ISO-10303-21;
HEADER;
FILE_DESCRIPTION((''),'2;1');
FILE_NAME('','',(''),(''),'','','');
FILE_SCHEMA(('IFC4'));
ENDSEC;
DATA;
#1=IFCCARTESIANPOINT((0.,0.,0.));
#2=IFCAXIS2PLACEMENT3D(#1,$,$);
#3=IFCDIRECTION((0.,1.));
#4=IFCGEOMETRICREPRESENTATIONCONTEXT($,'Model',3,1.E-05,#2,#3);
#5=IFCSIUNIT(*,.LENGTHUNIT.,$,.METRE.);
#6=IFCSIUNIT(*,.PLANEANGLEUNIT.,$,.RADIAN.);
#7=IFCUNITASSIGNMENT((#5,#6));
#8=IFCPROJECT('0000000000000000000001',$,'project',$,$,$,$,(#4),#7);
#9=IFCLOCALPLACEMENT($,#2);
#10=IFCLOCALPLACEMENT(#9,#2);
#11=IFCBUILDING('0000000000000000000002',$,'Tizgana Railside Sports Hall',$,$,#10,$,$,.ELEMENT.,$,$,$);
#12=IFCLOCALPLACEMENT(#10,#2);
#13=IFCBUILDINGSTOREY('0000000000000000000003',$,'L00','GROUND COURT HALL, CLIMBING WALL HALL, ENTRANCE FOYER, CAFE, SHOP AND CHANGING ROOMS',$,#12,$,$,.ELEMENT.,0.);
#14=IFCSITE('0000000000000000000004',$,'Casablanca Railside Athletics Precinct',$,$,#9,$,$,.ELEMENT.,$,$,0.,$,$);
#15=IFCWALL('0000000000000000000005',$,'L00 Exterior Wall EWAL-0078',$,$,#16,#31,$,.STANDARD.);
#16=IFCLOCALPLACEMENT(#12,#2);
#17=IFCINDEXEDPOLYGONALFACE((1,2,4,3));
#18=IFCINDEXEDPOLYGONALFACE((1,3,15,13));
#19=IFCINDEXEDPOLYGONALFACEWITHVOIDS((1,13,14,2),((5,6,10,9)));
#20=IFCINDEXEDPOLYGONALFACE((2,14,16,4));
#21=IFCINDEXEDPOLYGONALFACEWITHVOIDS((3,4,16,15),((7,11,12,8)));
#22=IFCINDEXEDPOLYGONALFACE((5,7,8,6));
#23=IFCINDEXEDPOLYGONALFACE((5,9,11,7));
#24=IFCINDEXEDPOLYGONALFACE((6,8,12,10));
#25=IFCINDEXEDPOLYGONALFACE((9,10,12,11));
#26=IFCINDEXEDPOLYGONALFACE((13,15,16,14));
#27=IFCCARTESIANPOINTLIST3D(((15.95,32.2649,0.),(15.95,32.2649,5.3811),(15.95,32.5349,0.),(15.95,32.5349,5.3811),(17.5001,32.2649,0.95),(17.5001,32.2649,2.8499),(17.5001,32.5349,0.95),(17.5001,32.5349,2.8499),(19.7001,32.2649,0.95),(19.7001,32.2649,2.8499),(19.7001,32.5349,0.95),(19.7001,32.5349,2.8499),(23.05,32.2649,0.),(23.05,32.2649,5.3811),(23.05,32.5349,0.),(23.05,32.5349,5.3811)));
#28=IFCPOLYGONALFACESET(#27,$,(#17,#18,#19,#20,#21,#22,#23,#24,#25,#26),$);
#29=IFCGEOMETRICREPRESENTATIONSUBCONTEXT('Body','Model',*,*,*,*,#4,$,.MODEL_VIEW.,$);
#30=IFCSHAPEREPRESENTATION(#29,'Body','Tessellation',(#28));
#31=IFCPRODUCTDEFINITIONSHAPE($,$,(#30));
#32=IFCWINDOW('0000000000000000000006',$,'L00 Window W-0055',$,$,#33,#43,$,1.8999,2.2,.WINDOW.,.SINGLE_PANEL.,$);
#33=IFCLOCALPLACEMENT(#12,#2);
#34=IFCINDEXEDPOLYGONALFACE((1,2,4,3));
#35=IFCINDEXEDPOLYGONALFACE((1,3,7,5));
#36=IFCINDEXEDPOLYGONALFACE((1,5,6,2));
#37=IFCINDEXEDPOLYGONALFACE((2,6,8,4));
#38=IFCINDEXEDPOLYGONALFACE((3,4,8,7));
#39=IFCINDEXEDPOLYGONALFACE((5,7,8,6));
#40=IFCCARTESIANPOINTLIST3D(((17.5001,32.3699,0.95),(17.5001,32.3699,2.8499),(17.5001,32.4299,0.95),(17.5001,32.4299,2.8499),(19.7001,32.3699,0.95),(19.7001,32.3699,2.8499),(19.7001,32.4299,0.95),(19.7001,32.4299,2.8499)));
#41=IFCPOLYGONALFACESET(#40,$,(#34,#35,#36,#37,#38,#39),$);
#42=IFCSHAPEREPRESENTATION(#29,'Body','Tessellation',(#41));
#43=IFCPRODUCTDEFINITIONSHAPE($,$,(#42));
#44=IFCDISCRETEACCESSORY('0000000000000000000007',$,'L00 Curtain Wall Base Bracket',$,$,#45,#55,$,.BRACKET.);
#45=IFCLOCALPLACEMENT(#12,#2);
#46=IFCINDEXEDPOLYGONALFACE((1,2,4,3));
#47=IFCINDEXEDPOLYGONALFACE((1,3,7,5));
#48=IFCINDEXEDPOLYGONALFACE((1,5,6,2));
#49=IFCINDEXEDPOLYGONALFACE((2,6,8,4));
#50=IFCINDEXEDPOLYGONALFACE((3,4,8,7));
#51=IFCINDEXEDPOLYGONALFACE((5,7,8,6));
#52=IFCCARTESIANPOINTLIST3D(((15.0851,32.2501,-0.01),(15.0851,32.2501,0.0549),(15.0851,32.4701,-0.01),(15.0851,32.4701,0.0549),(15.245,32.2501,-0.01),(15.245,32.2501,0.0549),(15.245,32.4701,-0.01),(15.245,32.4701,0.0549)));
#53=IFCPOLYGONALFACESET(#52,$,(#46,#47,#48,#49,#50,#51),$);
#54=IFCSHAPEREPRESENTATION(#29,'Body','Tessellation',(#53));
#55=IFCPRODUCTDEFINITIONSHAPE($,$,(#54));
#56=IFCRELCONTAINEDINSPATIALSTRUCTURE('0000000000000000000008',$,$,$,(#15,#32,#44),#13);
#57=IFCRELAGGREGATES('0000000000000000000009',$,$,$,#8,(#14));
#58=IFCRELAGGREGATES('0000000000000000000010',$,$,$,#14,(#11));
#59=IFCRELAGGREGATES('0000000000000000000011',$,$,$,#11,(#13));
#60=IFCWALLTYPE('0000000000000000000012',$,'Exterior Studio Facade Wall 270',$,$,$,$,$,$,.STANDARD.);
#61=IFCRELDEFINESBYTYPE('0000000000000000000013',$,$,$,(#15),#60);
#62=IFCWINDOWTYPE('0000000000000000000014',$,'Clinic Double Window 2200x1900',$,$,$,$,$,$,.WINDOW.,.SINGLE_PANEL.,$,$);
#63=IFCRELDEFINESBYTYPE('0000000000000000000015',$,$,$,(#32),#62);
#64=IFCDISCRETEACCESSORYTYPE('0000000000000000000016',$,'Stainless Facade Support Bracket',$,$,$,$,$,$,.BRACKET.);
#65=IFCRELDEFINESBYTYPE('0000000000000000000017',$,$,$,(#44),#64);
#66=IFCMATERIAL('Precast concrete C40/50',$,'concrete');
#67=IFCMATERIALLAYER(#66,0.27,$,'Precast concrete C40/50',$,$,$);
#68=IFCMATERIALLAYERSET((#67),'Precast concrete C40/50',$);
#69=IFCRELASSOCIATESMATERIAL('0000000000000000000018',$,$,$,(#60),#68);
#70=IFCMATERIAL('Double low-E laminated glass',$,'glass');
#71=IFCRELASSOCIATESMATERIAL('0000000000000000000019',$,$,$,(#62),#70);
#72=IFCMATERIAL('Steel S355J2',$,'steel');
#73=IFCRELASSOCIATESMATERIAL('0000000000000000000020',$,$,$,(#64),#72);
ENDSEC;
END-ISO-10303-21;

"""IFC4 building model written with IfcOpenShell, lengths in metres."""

from ifc_helpers import new_model, si_unit, direction, frame, frame_2d, origin, origin_2d, place, context, subcontext, project, spatial, rectangle, extrude, material, layer, layer_set, type_object, element, fill, save


model = new_model("IFC4")

# Units and contexts
model_context = context("Model", 3, precision=1e-05, world=origin(), true_north=direction((0.0, 1.0)))
body_context = subcontext(model_context, "Body", "Model", "MODEL_VIEW")
ifc_project = project(units=[si_unit("LENGTHUNIT", "METRE"), si_unit("PLANEANGLEUNIT", "RADIAN")], contexts=[model_context])

# Site, building, storey
site_placement = place(None, origin())
site = spatial("IfcSite", under=ifc_project, at=site_placement, Name="Casablanca Railside Athletics Precinct", CompositionType="ELEMENT", RefElevation=0.0)
building_placement = place(site_placement, origin())
building = spatial("IfcBuilding", under=site, at=building_placement, Name="Tizgana Railside Sports Hall", CompositionType="ELEMENT")
storey_placement = place(building_placement, origin())
storey = spatial("IfcBuildingStorey", under=building, at=storey_placement, Name="L00", Description="GROUND COURT HALL, CLIMBING WALL HALL, ENTRANCE FOYER, CAFE, SHOP AND CHANGING ROOMS", CompositionType="ELEMENT", Elevation=0.0)

# Shared definitions
ifc_material_1 = material(Name="Steel S355J2", Category="steel")

# Shared definitions
ifc_material_2 = material(Name="Double low-E laminated glass", Category="glass")

# Wall, opening, window
ifc_material_3 = material(Name="Precast concrete C40/50", Category="concrete")
ifc_layer_1 = layer(ifc_material_3, 0.27, Name="Precast concrete C40/50")
ifc_layer_set_1 = layer_set([ifc_layer_1], Name="Precast concrete C40/50")
wall_type = type_object("IfcWallType", Name="Exterior Studio Facade Wall 270", PredefinedType="STANDARD", material=ifc_layer_set_1)
wall_placement = place(storey_placement, frame((15.95, 32.3999, 0.0), z_axis=(0.0, 0.0, 1.0), x_axis=(1.0, 0.0, 0.0)))
wall = element("IfcWall", 1, at=wall_placement, inside=storey, type_object=wall_type, Name="L00 Exterior Wall EWAL-0078", PredefinedType="STANDARD", context=body_context, shape_type="SweptSolid", body=[
    extrude(rectangle(XDim=7.1001, YDim=0.27, at=frame_2d((3.55, 0.0))), origin(), (0.0, 0.0, 1.0), 5.3811),
])
opening_placement = place(wall_placement, frame((1.55, 0.0, 0.95)))
opening = element("IfcOpeningElement", 2, at=opening_placement, cuts=wall, PredefinedType="OPENING", context=body_context, shape_type="SweptSolid", body=[
    extrude(rectangle(XDim=2.2, YDim=1.8999, at=frame_2d((1.1001, 0.95))), frame((0.0, 0.145, 0.0), z_axis=(0.0, -1.0, 0.0), x_axis=(1.0, 0.0, 0.0)), (0.0, 0.0, 1.0), 0.29),
])
window_type = type_object("IfcWindowType", Name="Clinic Double Window 2200x1900", PartitioningType="SINGLE_PANEL", PredefinedType="WINDOW", material=ifc_material_2)
window_placement = place(opening_placement, origin())
window = element("IfcWindow", 3, at=window_placement, inside=storey, type_object=window_type, Name="L00 Window W-0055", OverallHeight=1.8999, OverallWidth=2.2, PartitioningType="SINGLE_PANEL", PredefinedType="WINDOW", context=body_context, shape_type="SweptSolid", body=[
    extrude(rectangle(XDim=2.2, YDim=1.8999, at=frame_2d((1.1001, 0.95))), frame((0.0, 0.03, 0.0), z_axis=(0.0, -1.0, 0.0), x_axis=(1.0, 0.0, 0.0)), (0.0, 0.0, 1.0), 0.0601),
])
fill(opening, window)

# Discrete accessory
discrete_accessory_type = type_object("IfcDiscreteAccessoryType", Name="Stainless Facade Support Bracket", PredefinedType="BRACKET", material=ifc_material_1)
discrete_accessory_placement = place(storey_placement, frame((15.165, 32.3601, -0.01), z_axis=(0.0, 0.0, 1.0), x_axis=(1.0, 0.0, 0.0)))
element("IfcDiscreteAccessory", 4, at=discrete_accessory_placement, inside=storey, type_object=discrete_accessory_type, Name="L00 Curtain Wall Base Bracket", PredefinedType="BRACKET", context=body_context, shape_type="SweptSolid", body=[
    extrude(rectangle(XDim=0.1599, YDim=0.22, at=origin_2d()), origin(), (0.0, 0.0, 1.0), 0.0649),
])

save(model, "model.ifc")
